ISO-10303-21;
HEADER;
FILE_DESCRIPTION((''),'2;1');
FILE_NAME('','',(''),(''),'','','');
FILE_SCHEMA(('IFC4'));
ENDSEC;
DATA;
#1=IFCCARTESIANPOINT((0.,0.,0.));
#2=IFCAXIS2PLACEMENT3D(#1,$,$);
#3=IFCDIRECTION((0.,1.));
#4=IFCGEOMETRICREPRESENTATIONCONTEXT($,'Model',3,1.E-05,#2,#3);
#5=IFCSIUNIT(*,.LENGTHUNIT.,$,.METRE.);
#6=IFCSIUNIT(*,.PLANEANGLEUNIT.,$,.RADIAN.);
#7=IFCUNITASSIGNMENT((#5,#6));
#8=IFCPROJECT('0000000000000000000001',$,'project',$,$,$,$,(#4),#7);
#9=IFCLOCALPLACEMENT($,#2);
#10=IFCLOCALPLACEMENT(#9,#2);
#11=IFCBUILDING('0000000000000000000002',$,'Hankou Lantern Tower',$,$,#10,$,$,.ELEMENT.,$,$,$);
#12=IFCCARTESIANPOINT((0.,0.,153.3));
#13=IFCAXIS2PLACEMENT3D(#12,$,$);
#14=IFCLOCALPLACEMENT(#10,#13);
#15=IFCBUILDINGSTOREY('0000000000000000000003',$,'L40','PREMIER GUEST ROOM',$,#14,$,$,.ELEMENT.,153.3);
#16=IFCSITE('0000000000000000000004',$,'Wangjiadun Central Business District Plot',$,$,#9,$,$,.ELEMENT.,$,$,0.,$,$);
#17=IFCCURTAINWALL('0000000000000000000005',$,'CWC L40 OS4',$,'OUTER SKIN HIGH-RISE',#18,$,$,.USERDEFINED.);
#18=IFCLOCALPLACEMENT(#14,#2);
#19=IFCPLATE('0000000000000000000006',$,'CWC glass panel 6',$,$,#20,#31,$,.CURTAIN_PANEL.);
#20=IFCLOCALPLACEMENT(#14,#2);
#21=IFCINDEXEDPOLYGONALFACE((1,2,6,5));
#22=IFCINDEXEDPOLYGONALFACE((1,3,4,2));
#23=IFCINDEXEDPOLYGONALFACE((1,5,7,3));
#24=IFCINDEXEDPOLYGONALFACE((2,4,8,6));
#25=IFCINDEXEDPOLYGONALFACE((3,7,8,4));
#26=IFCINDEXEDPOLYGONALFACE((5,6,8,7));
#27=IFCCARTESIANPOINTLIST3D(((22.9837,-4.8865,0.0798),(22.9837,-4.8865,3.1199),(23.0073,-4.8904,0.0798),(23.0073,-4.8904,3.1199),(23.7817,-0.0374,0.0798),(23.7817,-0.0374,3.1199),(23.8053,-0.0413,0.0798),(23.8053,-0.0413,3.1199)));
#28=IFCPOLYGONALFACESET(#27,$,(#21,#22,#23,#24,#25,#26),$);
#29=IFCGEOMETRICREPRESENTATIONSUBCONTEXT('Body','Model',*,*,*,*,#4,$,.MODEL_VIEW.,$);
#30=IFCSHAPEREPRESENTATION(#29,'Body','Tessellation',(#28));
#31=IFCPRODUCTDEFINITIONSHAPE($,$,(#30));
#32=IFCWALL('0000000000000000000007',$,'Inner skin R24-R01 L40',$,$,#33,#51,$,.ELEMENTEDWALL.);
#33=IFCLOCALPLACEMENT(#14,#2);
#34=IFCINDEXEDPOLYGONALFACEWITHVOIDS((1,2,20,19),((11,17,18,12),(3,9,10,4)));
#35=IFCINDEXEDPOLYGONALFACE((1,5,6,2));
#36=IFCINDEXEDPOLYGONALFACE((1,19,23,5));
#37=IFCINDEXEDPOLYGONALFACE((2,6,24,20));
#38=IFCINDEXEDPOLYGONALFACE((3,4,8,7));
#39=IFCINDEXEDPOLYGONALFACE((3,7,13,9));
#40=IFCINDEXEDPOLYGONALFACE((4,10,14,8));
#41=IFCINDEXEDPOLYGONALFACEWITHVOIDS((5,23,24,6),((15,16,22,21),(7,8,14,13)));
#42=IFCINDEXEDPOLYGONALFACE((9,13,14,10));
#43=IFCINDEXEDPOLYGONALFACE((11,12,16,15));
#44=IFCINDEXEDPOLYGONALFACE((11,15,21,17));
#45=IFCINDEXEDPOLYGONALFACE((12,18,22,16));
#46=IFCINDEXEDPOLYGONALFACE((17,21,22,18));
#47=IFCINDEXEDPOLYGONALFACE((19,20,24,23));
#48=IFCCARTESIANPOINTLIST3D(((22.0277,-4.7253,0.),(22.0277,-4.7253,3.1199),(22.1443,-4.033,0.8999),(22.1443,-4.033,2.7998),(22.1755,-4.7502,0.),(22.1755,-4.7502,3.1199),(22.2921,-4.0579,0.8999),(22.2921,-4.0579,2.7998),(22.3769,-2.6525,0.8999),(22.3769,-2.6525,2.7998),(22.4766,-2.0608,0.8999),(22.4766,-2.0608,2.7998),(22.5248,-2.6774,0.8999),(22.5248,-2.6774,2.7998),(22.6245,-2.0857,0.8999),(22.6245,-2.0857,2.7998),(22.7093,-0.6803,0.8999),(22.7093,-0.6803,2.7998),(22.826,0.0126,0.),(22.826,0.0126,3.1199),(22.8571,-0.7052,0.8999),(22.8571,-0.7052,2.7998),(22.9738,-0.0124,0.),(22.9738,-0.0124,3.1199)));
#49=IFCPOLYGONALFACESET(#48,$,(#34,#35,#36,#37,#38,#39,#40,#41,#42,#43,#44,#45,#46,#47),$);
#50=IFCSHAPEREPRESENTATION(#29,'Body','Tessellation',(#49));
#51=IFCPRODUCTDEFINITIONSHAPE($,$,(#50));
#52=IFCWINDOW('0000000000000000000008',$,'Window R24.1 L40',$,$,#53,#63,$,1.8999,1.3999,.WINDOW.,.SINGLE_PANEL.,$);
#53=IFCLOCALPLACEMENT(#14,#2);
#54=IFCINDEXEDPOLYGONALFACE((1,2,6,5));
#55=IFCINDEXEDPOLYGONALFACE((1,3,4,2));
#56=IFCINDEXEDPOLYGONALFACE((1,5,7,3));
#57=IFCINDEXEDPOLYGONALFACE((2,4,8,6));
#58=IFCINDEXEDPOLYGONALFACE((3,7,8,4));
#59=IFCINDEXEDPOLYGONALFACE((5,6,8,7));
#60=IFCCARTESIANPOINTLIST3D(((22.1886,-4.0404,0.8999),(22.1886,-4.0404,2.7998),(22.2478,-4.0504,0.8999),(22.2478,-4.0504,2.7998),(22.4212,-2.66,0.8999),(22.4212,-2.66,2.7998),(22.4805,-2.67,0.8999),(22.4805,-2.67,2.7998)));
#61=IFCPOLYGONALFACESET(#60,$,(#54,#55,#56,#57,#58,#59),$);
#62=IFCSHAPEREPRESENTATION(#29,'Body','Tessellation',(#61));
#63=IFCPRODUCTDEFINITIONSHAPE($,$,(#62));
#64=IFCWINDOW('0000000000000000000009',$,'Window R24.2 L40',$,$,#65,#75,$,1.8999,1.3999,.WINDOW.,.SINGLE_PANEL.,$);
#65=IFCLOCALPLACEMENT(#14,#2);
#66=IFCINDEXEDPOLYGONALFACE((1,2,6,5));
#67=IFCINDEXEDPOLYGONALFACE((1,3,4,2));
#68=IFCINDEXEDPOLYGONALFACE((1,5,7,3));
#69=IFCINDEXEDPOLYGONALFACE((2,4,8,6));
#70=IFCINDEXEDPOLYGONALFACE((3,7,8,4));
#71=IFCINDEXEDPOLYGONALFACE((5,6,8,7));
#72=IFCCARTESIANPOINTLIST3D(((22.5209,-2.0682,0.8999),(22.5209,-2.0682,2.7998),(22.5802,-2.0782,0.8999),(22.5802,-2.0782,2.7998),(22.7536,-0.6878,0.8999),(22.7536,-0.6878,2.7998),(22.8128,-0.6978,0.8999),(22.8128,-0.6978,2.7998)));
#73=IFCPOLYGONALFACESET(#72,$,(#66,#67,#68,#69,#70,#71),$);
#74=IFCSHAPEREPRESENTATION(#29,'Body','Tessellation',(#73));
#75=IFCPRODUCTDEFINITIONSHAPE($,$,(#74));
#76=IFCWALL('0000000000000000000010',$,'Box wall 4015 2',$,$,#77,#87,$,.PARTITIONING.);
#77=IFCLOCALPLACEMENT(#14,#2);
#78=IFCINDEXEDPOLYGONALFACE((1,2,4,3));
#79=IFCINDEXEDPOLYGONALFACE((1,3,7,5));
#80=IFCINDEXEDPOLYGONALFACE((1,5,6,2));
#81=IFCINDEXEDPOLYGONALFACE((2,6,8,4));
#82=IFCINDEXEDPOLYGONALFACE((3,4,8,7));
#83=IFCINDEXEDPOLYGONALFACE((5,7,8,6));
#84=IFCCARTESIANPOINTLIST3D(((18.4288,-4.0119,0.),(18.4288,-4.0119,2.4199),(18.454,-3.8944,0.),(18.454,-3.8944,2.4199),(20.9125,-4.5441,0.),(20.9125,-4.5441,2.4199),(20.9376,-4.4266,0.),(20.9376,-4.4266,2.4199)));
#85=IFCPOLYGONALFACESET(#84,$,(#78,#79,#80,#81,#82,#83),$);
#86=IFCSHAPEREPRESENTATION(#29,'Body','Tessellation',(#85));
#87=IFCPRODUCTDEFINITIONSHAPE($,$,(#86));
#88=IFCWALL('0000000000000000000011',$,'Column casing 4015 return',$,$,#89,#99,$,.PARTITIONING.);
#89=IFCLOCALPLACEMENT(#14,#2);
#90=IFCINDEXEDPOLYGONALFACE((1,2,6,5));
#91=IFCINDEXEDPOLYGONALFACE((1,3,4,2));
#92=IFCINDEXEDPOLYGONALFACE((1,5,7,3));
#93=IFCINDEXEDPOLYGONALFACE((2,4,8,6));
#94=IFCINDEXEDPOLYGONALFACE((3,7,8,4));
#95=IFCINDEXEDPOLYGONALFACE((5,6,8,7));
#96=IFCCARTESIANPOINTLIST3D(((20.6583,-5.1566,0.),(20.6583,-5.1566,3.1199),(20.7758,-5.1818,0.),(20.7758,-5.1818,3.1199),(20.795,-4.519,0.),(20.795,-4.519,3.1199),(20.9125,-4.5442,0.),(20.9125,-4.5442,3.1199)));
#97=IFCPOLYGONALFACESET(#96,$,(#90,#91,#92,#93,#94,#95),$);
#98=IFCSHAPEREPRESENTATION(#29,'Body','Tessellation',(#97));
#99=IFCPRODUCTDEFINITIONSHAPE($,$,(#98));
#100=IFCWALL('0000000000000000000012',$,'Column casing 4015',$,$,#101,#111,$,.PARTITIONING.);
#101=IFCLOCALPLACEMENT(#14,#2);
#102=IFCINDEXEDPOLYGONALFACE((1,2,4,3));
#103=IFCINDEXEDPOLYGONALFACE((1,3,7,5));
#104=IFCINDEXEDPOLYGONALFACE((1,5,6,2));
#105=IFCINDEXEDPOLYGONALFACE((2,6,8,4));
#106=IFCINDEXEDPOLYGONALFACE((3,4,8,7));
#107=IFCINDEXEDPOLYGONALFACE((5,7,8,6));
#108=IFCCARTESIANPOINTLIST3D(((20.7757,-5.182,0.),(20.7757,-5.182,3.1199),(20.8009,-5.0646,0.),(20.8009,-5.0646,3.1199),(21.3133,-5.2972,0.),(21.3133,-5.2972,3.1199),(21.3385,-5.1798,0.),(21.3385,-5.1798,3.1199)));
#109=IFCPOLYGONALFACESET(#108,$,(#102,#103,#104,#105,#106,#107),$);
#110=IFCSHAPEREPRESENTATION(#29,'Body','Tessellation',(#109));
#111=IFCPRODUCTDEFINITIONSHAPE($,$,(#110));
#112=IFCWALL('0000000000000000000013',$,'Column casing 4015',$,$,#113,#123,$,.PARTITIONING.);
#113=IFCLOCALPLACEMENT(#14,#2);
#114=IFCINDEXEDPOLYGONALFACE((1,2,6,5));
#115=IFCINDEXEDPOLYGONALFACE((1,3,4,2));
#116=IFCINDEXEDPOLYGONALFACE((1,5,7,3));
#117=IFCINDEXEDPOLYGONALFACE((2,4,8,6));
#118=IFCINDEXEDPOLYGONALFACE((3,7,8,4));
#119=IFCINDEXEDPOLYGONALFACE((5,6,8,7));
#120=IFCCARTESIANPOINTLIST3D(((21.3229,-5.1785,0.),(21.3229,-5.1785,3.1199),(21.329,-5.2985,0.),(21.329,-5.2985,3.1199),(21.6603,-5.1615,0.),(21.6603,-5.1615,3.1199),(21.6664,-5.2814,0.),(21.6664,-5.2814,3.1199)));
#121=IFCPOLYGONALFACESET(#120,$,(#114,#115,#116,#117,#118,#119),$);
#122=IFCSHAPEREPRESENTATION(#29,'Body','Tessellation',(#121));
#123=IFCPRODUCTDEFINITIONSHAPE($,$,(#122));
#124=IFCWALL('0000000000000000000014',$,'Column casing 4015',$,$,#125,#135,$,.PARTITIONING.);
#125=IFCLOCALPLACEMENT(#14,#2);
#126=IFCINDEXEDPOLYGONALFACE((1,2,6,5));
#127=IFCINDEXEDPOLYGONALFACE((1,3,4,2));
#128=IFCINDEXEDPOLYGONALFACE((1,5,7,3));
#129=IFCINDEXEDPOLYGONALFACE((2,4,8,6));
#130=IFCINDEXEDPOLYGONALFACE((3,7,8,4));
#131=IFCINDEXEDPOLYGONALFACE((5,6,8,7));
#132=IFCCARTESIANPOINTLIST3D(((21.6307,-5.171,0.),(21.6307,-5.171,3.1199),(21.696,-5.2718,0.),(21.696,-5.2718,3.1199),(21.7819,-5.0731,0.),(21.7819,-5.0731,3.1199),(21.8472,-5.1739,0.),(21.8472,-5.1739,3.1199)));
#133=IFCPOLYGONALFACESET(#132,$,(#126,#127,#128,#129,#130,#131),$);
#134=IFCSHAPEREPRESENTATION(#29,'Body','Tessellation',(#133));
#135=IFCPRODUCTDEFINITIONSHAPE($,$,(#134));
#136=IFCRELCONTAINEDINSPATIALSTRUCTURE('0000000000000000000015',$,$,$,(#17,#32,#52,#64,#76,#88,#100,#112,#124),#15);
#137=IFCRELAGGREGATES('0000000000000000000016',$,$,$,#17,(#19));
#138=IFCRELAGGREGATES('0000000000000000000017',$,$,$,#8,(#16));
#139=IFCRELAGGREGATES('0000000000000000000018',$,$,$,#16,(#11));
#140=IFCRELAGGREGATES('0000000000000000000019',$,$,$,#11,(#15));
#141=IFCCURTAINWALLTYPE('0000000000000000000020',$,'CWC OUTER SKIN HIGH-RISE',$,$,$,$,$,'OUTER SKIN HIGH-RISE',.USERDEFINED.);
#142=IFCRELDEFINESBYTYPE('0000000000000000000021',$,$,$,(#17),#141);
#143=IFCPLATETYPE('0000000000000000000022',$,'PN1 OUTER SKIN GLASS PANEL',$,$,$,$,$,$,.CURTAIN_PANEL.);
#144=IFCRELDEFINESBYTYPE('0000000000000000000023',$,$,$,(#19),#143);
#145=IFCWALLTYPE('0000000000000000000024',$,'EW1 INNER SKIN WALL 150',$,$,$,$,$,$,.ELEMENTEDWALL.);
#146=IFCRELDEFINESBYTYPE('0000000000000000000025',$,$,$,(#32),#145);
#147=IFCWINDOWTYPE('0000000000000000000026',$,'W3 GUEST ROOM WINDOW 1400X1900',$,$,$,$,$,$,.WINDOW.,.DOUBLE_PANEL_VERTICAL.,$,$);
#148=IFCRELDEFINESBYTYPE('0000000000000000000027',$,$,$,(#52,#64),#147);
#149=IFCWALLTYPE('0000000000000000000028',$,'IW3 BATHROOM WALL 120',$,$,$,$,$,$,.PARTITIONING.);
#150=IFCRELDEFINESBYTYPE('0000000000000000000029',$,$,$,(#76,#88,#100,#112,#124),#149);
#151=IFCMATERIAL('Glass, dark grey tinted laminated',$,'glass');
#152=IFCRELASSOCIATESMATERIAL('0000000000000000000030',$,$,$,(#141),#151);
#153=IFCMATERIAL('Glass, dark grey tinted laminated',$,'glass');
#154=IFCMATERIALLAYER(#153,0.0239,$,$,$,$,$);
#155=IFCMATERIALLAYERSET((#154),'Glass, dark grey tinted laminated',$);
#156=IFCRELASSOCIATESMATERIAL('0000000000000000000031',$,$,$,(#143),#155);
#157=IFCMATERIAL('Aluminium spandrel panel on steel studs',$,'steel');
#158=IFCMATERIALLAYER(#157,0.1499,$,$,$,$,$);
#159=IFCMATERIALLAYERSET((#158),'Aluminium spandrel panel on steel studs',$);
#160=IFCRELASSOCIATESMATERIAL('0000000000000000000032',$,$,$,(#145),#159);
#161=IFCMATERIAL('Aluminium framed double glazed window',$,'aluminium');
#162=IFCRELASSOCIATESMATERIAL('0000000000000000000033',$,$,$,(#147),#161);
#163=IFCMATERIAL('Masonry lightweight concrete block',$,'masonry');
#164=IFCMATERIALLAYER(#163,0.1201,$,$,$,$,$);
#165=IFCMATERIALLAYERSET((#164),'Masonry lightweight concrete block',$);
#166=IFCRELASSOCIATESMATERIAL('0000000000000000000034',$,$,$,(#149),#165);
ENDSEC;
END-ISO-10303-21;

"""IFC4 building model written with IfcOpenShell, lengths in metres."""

from ifc_helpers import new_model, si_unit, direction, frame, frame_2d, origin, origin_2d, place, context, subcontext, project, spatial, rectangle, extrude, material, layer, layer_set, type_object, element, fill, aggregate, save


model = new_model("IFC4")

# Units and contexts
model_context = context("Model", 3, precision=1e-05, world=origin(), true_north=direction((0.0, 1.0)))
body_context = subcontext(model_context, "Body", "Model", "MODEL_VIEW")
ifc_project = project(units=[si_unit("LENGTHUNIT", "METRE"), si_unit("PLANEANGLEUNIT", "RADIAN")], contexts=[model_context])

# Site, building, storey
site_placement = place(None, origin())
site = spatial("IfcSite", under=ifc_project, at=site_placement, Name="Wangjiadun Central Business District Plot", CompositionType="ELEMENT", RefElevation=0.0)
building_placement = place(site_placement, origin())
building = spatial("IfcBuilding", under=site, at=building_placement, Name="Hankou Lantern Tower", CompositionType="ELEMENT")
storey_placement = place(building_placement, frame((0.0, 0.0, 153.3)))
storey = spatial("IfcBuildingStorey", under=building, at=storey_placement, Name="L40", Description="PREMIER GUEST ROOM", CompositionType="ELEMENT", Elevation=153.3)

# Curtain wall, plate
ifc_material_1 = material(Name="Glass, dark grey tinted laminated", Category="glass")
curtain_wall_type = type_object("IfcCurtainWallType", Name="CWC OUTER SKIN HIGH-RISE", ElementType="OUTER SKIN HIGH-RISE", PredefinedType="USERDEFINED", material=ifc_material_1)
curtain_wall_placement = place(storey_placement, origin())
curtain_wall = element("IfcCurtainWall", 1, at=curtain_wall_placement, inside=storey, type_object=curtain_wall_type, Name="CWC L40 OS4", ObjectType="OUTER SKIN HIGH-RISE", PredefinedType="USERDEFINED")
ifc_material_2 = material(Name="Glass, dark grey tinted laminated", Category="glass")
ifc_layer_1 = layer(ifc_material_2, 0.0239)
ifc_layer_set_1 = layer_set([ifc_layer_1], Name="Glass, dark grey tinted laminated")
plate_type = type_object("IfcPlateType", Name="PN1 OUTER SKIN GLASS PANEL", PredefinedType="CURTAIN_PANEL", material=ifc_layer_set_1)
plate_1_placement = place(storey_placement, frame((23.3945, -2.4639, 0.0798), z_axis=(0.0, 0.0, 1.0), x_axis=(0.162382, 0.986728, 0.0)))
plate_1 = element("IfcPlate", 2, at=plate_1_placement, type_object=plate_type, Name="CWC glass panel 6", PredefinedType="CURTAIN_PANEL", context=body_context, shape_type="SweptSolid", body=[
    extrude(rectangle(XDim=4.9143, YDim=0.0239, at=origin_2d()), origin(), (0.0, 0.0, 1.0), 3.04),
])
aggregate(curtain_wall, [plate_1])

# Wall, openings, windows
ifc_material_3 = material(Name="Aluminium spandrel panel on steel studs", Category="steel")
ifc_layer_2 = layer(ifc_material_3, 0.1499)
ifc_layer_set_2 = layer_set([ifc_layer_2], Name="Aluminium spandrel panel on steel studs")
wall_type_1 = type_object("IfcWallType", Name="EW1 INNER SKIN WALL 150", PredefinedType="ELEMENTEDWALL", material=ifc_layer_set_2)
wall_1_placement = place(storey_placement, frame((22.1016, -4.7378, 0.0), z_axis=(0.0, 0.0, 1.0), x_axis=(0.166162, 0.986098, 0.0)))
wall_1 = element("IfcWall", 3, at=wall_1_placement, inside=storey, type_object=wall_type_1, Name="Inner skin R24-R01 L40", PredefinedType="ELEMENTEDWALL", context=body_context, shape_type="SweptSolid", body=[
    extrude(rectangle(XDim=4.8047, YDim=0.1499, at=frame_2d((2.4023, 0.0))), origin(), (0.0, 0.0, 1.0), 3.1199),
])
opening_1_placement = place(wall_1_placement, frame((0.7021, 0.0, 0.8999)))
opening_1 = element("IfcOpeningElement", 4, at=opening_1_placement, cuts=wall_1, PredefinedType="OPENING", context=body_context, shape_type="SweptSolid", body=[
    extrude(rectangle(XDim=1.3999, YDim=1.8999, at=frame_2d((0.7, 0.95))), frame((0.0, 0.085, 0.0), z_axis=(0.0, -1.0, 0.0), x_axis=(1.0, 0.0, 0.0)), (0.0, 0.0, 1.0), 0.1699),
])
opening_2_placement = place(wall_1_placement, frame((2.7021, 0.0, 0.8999)))
opening_2 = element("IfcOpeningElement", 5, at=opening_2_placement, cuts=wall_1, PredefinedType="OPENING", context=body_context, shape_type="SweptSolid", body=[
    extrude(rectangle(XDim=1.3999, YDim=1.8999, at=frame_2d((0.7, 0.95))), frame((0.0, 0.085, 0.0), z_axis=(0.0, -1.0, 0.0), x_axis=(1.0, 0.0, 0.0)), (0.0, 0.0, 1.0), 0.1699),
])
ifc_material_4 = material(Name="Aluminium framed double glazed window", Category="aluminium")
window_type = type_object("IfcWindowType", Name="W3 GUEST ROOM WINDOW 1400X1900", PartitioningType="DOUBLE_PANEL_VERTICAL", PredefinedType="WINDOW", material=ifc_material_4)
window_1_placement = place(opening_1_placement, origin())
window_1 = element("IfcWindow", 6, at=window_1_placement, inside=storey, type_object=window_type, Name="Window R24.1 L40", OverallHeight=1.8999, OverallWidth=1.3999, PartitioningType="SINGLE_PANEL", PredefinedType="WINDOW", context=body_context, shape_type="SweptSolid", body=[
    extrude(rectangle(XDim=1.3999, YDim=1.8999, at=frame_2d((0.7, 0.95))), frame((0.0, 0.03, 0.0), z_axis=(0.0, -1.0, 0.0), x_axis=(1.0, 0.0, 0.0)), (0.0, 0.0, 1.0), 0.0601),
])
fill(opening_1, window_1)
window_2_placement = place(opening_2_placement, origin())
window_2 = element("IfcWindow", 7, at=window_2_placement, inside=storey, type_object=window_type, Name="Window R24.2 L40", OverallHeight=1.8999, OverallWidth=1.3999, PartitioningType="SINGLE_PANEL", PredefinedType="WINDOW", context=body_context, shape_type="SweptSolid", body=[
    extrude(rectangle(XDim=1.3999, YDim=1.8999, at=frame_2d((0.7, 0.95))), frame((0.0, 0.03, 0.0), z_axis=(0.0, -1.0, 0.0), x_axis=(1.0, 0.0, 0.0)), (0.0, 0.0, 1.0), 0.0601),
])
fill(opening_2, window_2)

# Walls
ifc_material_5 = material(Name="Masonry lightweight concrete block", Category="masonry")
ifc_layer_3 = layer(ifc_material_5, 0.1201)
ifc_layer_set_3 = layer_set([ifc_layer_3], Name="Masonry lightweight concrete block")
wall_type_2 = type_object("IfcWallType", Name="IW3 BATHROOM WALL 120", PredefinedType="PARTITIONING", material=ifc_layer_set_3)
wall_2_placement = place(storey_placement, frame((18.4414, -3.9531, 0.0), z_axis=(0.0, 0.0, 1.0), x_axis=(0.977801, -0.209536, 0.0)))
element("IfcWall", 8, at=wall_2_placement, inside=storey, type_object=wall_type_2, Name="Box wall 4015 2", PredefinedType="PARTITIONING", context=body_context, shape_type="SweptSolid", body=[
    extrude(rectangle(XDim=2.54, YDim=0.1201, at=frame_2d((1.27, 0.0))), origin(), (0.0, 0.0, 1.0), 2.4199),
])
wall_3_placement = place(storey_placement, frame((20.8538, -4.5315, 0.0), z_axis=(0.0, 0.0, 1.0), x_axis=(-0.209631, -0.97778, 0.0)))
element("IfcWall", 9, at=wall_3_placement, inside=storey, type_object=wall_type_2, Name="Column casing 4015 return", PredefinedType="PARTITIONING", context=body_context, shape_type="SweptSolid", body=[
    extrude(rectangle(XDim=0.6521, YDim=0.1201, at=frame_2d((0.3262, 0.0))), origin(), (0.0, 0.0, 1.0), 3.1199),
])
wall_4_placement = place(storey_placement, frame((20.7883, -5.1233, 0.0), z_axis=(0.0, 0.0, 1.0), x_axis=(0.977789, -0.20959, 0.0)))
element("IfcWall", 10, at=wall_4_placement, inside=storey, type_object=wall_type_2, Name="Column casing 4015", PredefinedType="PARTITIONING", context=body_context, shape_type="SweptSolid", body=[
    extrude(rectangle(XDim=0.5498, YDim=0.1201, at=frame_2d((0.2749, 0.0))), origin(), (0.0, 0.0, 1.0), 3.1199),
])
wall_5_placement = place(storey_placement, frame((21.3259, -5.2385, 0.0), z_axis=(0.0, 0.0, 1.0), x_axis=(0.99872, 0.050586, 0.0)))
element("IfcWall", 11, at=wall_5_placement, inside=storey, type_object=wall_type_2, Name="Column casing 4015", PredefinedType="PARTITIONING", context=body_context, shape_type="SweptSolid", body=[
    extrude(rectangle(XDim=0.3379, YDim=0.1201, at=frame_2d((0.1689, 0.0))), origin(), (0.0, 0.0, 1.0), 3.1199),
])
wall_6_placement = place(storey_placement, frame((21.6633, -5.2214, 0.0), z_axis=(0.0, 0.0, 1.0), x_axis=(0.839279, 0.543701, 0.0)))
element("IfcWall", 12, at=wall_6_placement, inside=storey, type_object=wall_type_2, Name="Column casing 4015", PredefinedType="PARTITIONING", context=body_context, shape_type="SweptSolid", body=[
    extrude(rectangle(XDim=0.1802, YDim=0.1201, at=frame_2d((0.0901, 0.0))), origin(), (0.0, 0.0, 1.0), 3.1199),
])

save(model, "model.ifc")
